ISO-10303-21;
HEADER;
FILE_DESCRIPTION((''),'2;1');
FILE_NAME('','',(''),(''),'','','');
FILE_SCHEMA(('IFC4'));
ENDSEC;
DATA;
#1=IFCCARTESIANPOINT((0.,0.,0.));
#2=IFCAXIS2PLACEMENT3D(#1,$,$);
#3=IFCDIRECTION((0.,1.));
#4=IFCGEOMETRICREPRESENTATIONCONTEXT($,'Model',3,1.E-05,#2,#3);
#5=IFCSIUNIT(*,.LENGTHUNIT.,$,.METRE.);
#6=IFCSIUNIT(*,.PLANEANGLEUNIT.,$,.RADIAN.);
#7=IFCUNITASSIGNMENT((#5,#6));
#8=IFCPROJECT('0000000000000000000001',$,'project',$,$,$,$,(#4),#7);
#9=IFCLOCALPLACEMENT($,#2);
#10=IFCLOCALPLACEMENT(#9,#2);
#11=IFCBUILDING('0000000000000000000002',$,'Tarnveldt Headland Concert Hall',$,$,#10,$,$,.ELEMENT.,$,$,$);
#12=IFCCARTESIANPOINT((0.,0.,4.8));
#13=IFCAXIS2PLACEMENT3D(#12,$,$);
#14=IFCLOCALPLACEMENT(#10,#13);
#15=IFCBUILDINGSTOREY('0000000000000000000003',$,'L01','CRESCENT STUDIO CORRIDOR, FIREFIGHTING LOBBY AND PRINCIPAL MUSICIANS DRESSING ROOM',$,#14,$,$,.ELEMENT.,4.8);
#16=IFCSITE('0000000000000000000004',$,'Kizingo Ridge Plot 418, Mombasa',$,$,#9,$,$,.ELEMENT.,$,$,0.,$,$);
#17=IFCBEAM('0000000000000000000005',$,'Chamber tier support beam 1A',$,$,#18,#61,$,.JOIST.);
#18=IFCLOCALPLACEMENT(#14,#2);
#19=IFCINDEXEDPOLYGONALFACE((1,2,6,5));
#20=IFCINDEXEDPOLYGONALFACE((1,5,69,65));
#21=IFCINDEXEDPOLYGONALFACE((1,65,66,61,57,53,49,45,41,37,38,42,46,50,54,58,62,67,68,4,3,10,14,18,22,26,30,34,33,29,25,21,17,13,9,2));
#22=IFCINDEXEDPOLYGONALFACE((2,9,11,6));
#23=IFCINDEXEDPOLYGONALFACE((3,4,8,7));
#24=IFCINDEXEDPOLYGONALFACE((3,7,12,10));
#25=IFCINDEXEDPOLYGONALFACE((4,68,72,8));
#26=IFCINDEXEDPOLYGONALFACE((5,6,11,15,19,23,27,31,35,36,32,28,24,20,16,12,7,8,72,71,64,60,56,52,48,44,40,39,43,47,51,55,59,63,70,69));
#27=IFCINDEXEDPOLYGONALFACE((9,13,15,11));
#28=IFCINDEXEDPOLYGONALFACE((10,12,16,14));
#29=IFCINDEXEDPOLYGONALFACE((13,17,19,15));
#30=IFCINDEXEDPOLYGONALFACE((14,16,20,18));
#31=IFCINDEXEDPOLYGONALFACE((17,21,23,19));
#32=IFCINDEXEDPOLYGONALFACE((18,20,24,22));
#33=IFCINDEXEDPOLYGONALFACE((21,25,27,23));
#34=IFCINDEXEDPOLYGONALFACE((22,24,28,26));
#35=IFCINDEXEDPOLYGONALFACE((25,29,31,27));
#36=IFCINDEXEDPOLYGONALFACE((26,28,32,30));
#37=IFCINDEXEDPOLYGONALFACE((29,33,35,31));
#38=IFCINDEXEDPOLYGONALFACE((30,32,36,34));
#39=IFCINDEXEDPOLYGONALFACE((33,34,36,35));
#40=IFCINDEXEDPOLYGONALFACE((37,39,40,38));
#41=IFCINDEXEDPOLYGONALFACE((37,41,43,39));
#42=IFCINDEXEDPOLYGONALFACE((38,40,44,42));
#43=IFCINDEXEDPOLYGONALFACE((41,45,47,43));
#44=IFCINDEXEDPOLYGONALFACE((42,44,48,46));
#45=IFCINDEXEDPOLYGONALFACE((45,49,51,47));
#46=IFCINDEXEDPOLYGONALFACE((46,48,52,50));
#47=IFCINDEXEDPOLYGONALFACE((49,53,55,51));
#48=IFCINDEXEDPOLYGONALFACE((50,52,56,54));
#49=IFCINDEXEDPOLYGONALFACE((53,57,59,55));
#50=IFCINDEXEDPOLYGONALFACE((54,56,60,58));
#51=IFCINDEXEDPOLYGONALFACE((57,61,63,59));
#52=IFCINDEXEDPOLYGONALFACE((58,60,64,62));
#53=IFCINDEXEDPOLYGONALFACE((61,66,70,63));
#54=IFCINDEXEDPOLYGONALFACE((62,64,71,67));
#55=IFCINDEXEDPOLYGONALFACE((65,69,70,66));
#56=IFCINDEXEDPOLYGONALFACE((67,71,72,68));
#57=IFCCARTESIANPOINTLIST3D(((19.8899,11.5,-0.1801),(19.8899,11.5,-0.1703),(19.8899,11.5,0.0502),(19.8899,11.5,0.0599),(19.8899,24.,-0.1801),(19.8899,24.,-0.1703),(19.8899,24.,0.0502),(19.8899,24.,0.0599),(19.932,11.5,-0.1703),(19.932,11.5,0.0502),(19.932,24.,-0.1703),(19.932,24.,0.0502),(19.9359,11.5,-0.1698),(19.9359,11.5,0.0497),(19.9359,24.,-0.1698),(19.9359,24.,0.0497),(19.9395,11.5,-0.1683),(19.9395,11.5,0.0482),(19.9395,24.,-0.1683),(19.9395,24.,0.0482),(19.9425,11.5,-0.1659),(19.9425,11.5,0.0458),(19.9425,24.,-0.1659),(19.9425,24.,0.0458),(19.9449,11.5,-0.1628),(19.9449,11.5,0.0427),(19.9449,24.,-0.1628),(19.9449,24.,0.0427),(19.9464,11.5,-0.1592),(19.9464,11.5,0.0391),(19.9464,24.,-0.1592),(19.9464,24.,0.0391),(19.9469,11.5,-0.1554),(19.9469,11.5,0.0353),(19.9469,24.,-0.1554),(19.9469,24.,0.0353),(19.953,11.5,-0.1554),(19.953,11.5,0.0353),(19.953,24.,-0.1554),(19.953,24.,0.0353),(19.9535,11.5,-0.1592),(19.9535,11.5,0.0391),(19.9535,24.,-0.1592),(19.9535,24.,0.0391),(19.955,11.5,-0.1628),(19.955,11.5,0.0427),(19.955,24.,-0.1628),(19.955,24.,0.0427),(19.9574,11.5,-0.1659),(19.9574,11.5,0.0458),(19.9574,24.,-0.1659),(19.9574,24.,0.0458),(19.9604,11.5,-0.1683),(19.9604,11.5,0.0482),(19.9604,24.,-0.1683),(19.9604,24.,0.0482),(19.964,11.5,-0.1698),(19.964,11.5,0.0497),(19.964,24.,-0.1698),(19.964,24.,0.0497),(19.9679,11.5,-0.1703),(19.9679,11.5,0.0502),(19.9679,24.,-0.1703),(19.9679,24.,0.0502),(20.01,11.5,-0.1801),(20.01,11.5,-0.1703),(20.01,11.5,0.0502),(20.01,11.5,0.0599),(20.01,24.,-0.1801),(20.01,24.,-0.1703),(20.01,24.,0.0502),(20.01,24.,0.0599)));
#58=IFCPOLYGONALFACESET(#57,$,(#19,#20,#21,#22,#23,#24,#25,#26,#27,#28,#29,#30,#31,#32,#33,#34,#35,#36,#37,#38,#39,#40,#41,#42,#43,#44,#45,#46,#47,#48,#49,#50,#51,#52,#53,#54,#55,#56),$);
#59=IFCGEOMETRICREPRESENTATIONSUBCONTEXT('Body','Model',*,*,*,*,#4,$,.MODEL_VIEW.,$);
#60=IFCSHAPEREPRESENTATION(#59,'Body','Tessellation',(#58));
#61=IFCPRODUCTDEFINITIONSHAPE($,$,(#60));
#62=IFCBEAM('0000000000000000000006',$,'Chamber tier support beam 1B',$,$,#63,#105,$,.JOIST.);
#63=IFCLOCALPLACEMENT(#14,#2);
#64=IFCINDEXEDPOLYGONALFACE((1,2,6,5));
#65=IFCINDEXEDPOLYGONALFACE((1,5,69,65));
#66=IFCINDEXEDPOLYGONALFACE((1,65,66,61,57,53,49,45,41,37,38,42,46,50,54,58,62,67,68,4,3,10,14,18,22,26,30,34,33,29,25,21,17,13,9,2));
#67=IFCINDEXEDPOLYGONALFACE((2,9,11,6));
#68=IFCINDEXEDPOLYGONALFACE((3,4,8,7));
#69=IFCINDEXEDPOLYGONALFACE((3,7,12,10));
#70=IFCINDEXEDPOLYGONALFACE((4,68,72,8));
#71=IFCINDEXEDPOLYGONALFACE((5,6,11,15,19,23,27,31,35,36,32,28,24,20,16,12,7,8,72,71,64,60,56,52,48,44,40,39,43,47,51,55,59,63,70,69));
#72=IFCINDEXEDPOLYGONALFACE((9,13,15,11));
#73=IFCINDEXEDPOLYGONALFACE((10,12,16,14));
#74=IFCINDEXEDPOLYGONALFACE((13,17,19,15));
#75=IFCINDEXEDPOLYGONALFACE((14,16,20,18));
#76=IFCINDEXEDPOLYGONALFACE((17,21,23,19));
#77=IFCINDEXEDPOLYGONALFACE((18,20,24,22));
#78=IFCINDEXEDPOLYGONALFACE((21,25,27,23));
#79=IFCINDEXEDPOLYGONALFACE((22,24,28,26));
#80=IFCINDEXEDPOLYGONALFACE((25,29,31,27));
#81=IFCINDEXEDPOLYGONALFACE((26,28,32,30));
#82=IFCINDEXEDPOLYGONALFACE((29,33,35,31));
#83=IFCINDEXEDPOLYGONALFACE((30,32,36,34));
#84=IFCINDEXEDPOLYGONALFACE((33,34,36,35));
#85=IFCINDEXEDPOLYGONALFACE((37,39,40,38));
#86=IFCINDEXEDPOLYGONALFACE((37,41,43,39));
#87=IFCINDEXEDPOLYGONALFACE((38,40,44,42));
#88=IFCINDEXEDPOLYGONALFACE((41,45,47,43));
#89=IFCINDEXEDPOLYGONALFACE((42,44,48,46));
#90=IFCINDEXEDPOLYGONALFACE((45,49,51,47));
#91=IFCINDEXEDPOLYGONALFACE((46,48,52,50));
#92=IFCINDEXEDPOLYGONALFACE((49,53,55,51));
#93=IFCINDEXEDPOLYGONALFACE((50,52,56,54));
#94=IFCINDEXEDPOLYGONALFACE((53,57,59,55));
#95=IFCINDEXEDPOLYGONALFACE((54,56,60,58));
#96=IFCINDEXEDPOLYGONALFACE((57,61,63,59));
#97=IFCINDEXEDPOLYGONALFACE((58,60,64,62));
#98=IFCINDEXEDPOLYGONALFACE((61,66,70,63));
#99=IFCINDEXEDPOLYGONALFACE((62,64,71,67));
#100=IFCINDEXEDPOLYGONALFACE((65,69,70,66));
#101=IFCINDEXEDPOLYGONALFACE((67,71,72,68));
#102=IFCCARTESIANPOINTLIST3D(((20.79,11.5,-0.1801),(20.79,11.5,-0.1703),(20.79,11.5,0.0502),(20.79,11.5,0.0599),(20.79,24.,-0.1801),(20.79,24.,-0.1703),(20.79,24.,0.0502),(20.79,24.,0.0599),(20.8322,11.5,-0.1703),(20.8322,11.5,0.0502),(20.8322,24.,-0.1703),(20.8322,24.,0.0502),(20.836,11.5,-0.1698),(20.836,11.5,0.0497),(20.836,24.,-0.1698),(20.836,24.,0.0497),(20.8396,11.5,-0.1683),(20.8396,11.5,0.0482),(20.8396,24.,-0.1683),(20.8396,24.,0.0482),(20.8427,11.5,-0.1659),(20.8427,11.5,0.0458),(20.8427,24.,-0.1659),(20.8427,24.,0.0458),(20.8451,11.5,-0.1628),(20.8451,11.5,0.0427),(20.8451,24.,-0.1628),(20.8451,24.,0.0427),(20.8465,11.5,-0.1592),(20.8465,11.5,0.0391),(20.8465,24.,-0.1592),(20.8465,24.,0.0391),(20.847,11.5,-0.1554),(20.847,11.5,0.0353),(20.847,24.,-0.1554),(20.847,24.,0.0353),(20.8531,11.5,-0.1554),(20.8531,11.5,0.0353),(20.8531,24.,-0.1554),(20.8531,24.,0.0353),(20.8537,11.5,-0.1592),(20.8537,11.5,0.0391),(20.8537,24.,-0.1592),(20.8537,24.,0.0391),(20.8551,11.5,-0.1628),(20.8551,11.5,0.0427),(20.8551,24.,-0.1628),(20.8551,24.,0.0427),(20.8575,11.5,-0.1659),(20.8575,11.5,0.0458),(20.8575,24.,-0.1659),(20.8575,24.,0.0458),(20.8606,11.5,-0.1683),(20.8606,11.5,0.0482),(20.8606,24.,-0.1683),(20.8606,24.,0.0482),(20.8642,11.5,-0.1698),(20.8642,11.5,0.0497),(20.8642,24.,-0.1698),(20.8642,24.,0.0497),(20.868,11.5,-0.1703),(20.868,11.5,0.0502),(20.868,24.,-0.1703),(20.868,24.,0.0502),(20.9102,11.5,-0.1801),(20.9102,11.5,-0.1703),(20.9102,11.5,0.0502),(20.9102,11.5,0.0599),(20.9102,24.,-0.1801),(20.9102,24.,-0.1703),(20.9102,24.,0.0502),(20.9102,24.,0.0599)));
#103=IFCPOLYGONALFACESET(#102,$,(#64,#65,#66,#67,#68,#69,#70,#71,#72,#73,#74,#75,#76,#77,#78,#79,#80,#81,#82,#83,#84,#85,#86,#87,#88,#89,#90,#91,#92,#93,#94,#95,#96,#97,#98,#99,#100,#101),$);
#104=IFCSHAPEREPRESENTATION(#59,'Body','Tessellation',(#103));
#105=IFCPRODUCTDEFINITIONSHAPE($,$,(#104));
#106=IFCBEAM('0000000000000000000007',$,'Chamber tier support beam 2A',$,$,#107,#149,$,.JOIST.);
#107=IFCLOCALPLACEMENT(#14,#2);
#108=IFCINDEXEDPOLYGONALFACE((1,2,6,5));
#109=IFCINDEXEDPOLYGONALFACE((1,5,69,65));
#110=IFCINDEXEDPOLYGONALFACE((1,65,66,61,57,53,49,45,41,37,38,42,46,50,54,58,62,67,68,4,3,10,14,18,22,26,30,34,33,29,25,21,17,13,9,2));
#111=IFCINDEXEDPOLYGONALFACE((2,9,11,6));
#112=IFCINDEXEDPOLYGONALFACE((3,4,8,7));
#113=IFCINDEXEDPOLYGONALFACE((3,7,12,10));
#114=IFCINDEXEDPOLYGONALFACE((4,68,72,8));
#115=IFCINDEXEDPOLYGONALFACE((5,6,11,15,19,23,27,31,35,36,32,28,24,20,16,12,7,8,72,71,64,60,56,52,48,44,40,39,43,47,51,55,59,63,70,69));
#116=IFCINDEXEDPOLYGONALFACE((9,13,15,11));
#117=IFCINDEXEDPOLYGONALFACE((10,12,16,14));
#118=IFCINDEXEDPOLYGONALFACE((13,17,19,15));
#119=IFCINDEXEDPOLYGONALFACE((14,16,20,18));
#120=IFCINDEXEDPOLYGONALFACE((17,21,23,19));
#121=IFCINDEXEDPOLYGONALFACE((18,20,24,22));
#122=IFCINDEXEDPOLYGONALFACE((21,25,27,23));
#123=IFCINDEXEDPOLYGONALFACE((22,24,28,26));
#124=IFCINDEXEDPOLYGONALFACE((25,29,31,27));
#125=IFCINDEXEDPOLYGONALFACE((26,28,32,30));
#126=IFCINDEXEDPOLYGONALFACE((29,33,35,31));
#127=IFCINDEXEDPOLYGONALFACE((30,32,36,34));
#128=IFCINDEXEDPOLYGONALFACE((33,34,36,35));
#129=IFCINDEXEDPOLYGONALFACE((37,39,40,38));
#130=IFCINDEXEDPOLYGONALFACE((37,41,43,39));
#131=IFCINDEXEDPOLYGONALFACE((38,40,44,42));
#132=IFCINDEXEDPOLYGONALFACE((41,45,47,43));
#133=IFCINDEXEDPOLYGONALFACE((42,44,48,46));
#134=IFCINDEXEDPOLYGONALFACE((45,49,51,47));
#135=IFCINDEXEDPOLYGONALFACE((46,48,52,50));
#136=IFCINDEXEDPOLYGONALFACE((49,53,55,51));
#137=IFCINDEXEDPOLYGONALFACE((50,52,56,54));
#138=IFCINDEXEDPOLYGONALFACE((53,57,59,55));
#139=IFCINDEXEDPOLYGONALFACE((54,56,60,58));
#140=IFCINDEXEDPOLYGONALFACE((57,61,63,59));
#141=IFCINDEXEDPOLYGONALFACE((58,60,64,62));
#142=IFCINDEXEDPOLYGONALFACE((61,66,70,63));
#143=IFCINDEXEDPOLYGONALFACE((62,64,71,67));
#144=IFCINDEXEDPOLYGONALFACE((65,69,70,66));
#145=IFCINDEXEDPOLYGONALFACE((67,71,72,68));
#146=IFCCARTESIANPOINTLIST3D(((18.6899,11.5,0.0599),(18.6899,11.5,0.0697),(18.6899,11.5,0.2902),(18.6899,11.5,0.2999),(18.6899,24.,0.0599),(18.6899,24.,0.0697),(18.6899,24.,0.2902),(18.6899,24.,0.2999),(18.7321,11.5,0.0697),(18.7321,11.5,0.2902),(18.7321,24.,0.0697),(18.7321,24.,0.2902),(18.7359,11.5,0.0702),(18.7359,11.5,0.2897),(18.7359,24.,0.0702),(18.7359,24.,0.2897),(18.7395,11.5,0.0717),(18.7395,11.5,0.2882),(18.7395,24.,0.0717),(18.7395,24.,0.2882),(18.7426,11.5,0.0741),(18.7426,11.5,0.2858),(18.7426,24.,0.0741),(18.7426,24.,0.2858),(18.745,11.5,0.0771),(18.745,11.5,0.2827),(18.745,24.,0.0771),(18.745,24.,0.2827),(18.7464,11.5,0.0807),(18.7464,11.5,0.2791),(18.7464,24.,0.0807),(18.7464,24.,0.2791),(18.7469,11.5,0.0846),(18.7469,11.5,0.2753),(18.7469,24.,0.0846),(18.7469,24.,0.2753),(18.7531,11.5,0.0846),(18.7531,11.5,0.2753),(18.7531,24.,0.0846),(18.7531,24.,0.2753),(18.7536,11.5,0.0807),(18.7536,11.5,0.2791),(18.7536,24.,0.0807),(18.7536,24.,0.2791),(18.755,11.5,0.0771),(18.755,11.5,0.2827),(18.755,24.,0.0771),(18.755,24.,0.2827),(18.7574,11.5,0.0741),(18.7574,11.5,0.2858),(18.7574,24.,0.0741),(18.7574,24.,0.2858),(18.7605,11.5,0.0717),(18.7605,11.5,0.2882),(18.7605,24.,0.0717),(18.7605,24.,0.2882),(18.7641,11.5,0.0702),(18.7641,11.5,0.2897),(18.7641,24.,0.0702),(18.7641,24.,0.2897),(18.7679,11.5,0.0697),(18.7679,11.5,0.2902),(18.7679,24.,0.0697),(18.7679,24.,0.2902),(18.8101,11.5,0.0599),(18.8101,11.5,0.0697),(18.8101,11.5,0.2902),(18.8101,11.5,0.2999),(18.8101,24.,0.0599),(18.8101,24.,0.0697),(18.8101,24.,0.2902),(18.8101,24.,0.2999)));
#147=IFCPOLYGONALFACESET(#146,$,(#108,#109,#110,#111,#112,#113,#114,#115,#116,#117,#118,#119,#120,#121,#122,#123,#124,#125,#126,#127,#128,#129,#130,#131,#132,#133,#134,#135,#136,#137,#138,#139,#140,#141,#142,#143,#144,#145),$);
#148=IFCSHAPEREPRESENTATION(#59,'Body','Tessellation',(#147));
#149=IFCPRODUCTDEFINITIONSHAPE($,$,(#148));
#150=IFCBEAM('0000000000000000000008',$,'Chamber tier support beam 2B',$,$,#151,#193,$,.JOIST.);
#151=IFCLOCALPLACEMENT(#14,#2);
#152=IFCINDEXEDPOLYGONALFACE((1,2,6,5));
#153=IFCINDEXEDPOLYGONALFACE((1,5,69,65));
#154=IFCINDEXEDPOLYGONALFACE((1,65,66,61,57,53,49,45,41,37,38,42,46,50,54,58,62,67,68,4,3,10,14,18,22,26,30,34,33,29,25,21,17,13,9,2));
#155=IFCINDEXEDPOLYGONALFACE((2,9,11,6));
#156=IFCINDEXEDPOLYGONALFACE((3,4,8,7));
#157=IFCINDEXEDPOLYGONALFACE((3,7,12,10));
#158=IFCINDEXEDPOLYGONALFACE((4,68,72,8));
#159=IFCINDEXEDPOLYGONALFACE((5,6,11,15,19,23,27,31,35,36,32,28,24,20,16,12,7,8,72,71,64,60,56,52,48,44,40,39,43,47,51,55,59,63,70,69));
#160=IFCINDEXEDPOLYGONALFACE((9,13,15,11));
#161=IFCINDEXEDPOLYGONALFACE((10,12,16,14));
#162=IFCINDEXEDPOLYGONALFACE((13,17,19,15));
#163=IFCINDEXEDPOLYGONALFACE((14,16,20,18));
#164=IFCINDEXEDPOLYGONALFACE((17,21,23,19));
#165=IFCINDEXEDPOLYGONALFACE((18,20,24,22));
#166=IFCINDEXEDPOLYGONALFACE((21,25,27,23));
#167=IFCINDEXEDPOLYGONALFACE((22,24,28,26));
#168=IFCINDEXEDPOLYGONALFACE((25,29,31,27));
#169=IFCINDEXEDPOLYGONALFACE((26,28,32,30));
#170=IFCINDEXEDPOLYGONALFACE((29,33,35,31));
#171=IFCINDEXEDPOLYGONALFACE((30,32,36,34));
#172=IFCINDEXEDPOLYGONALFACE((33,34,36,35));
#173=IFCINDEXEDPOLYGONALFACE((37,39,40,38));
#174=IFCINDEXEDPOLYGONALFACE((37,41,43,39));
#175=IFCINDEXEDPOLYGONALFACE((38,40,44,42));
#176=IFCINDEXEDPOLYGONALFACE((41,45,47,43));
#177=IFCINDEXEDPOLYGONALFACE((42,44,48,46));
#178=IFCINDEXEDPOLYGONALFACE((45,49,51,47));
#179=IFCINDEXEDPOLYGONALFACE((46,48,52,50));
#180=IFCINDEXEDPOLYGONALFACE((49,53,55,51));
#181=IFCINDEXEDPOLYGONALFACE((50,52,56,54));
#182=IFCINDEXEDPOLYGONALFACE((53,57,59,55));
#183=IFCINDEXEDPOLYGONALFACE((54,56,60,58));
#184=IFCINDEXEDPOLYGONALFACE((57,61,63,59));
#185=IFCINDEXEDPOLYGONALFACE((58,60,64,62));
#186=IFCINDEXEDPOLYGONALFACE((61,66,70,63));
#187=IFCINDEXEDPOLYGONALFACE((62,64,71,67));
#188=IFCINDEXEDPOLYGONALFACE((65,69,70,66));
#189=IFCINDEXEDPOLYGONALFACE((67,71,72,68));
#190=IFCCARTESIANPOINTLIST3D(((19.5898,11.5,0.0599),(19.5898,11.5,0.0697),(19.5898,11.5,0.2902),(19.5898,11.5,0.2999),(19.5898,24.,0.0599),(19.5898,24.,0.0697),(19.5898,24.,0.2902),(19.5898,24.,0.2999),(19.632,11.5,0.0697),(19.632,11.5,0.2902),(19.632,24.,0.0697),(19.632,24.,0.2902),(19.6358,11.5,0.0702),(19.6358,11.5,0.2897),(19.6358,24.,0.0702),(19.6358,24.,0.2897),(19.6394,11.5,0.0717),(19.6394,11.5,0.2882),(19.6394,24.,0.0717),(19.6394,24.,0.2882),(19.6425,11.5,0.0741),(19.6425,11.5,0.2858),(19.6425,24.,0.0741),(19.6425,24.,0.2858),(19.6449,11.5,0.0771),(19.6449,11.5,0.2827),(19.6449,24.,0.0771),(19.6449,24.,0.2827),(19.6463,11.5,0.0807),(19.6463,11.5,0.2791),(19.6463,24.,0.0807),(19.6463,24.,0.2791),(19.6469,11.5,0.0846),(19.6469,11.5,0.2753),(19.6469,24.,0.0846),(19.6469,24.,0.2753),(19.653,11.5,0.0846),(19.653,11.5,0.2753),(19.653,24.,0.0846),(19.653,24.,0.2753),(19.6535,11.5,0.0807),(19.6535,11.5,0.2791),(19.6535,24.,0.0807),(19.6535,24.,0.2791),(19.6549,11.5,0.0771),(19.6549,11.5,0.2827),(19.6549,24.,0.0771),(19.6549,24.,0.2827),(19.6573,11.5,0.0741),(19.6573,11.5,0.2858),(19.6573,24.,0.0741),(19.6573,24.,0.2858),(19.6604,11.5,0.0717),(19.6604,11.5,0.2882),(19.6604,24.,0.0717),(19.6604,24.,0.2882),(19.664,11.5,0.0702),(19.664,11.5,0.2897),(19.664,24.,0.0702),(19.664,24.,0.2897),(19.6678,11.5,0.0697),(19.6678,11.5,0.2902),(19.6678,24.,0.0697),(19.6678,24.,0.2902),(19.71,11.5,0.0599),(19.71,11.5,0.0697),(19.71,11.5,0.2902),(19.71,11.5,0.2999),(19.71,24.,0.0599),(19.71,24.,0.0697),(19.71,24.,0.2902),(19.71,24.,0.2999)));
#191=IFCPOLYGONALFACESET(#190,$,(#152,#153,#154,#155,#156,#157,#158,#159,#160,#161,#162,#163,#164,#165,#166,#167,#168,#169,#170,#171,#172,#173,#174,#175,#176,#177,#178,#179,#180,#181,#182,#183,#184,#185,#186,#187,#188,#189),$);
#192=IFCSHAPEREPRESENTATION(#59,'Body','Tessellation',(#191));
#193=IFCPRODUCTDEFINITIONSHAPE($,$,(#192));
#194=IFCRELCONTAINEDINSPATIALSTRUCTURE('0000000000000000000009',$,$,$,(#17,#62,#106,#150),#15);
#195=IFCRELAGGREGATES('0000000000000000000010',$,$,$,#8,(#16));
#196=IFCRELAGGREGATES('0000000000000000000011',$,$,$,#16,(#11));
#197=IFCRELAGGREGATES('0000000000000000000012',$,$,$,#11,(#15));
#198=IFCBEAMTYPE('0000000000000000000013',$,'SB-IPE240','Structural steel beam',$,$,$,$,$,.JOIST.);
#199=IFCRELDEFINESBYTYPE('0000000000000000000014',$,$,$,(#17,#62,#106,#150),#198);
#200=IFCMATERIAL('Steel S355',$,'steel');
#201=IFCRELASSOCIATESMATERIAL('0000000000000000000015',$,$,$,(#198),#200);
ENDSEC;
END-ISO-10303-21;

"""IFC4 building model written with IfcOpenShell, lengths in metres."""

from ifc_helpers import new_model, si_unit, direction, frame, origin, origin_2d, place, context, subcontext, project, spatial, i_section, extrude, material, material_profile, profile_set, type_object, element, save


model = new_model("IFC4")

# Units and contexts
model_context = context("Model", 3, precision=1e-05, world=origin(), true_north=direction((0.0, 1.0)))
body_context = subcontext(model_context, "Body", "Model", "MODEL_VIEW")
ifc_project = project(units=[si_unit("LENGTHUNIT", "METRE"), si_unit("PLANEANGLEUNIT", "RADIAN")], contexts=[model_context])

# Site, building, storey
site_placement = place(None, origin())
site = spatial("IfcSite", under=ifc_project, at=site_placement, Name="Kizingo Ridge Plot 418, Mombasa", CompositionType="ELEMENT", RefElevation=0.0)
building_placement = place(site_placement, origin())
building = spatial("IfcBuilding", under=site, at=building_placement, Name="Tarnveldt Headland Concert Hall", CompositionType="ELEMENT")
storey_placement = place(building_placement, frame((0.0, 0.0, 4.8)))
storey = spatial("IfcBuildingStorey", under=building, at=storey_placement, Name="L01", Description="CRESCENT STUDIO CORRIDOR, FIREFIGHTING LOBBY AND PRINCIPAL MUSICIANS DRESSING ROOM", CompositionType="ELEMENT", Elevation=4.8)

# Shared definitions
ifc_material_1 = material(Name="Steel S355", Category="steel")

# Beams
ifc_material_profile_1 = material_profile(ifc_material_1, i_section(OverallWidth=0.1201, OverallDepth=0.24, WebThickness=0.0061, FlangeThickness=0.0098, FilletRadius=0.0149, at=origin_2d()), Name="IPE240", Category="steel")
ifc_profile_set_1 = profile_set([ifc_material_profile_1], Name="Steel S355")
beam_type_1 = type_object("IfcBeamType", Name="SB-IPE240", Description="Structural steel beam", PredefinedType="JOIST", material=ifc_profile_set_1)
for number, where, z_axis, x_axis, name in (
    (1, (19.95, 11.5, -0.0601), (0.0, 1.0, 0.0), (-1.0, 0.0, 0.0), "Chamber tier support beam 1A"),
    (2, (20.8501, 11.5, -0.0601), (0.0, 1.0, 0.0), (-1.0, 0.0, 0.0), "Chamber tier support beam 1B"),
    (3, (18.75, 11.5, 0.1799), (0.0, 1.0, 0.0), (-1.0, 0.0, 0.0), "Chamber tier support beam 2A"),
    (4, (19.6499, 11.5, 0.1799), (0.0, 1.0, 0.0), (-1.0, 0.0, 0.0), "Chamber tier support beam 2B"),
):
    element("IfcBeam", number, at=place(storey_placement, frame(where, z_axis=z_axis, x_axis=x_axis)), inside=storey, type_object=beam_type_1, Name=name, PredefinedType="JOIST", context=body_context, shape_type="SweptSolid", body=[
        extrude(i_section(OverallWidth=0.1201, OverallDepth=0.24, WebThickness=0.0061, FlangeThickness=0.0098, FilletRadius=0.0149, at=origin_2d()), origin(), (0.0, 0.0, 1.0), 12.5),
    ])

save(model, "model.ifc")
